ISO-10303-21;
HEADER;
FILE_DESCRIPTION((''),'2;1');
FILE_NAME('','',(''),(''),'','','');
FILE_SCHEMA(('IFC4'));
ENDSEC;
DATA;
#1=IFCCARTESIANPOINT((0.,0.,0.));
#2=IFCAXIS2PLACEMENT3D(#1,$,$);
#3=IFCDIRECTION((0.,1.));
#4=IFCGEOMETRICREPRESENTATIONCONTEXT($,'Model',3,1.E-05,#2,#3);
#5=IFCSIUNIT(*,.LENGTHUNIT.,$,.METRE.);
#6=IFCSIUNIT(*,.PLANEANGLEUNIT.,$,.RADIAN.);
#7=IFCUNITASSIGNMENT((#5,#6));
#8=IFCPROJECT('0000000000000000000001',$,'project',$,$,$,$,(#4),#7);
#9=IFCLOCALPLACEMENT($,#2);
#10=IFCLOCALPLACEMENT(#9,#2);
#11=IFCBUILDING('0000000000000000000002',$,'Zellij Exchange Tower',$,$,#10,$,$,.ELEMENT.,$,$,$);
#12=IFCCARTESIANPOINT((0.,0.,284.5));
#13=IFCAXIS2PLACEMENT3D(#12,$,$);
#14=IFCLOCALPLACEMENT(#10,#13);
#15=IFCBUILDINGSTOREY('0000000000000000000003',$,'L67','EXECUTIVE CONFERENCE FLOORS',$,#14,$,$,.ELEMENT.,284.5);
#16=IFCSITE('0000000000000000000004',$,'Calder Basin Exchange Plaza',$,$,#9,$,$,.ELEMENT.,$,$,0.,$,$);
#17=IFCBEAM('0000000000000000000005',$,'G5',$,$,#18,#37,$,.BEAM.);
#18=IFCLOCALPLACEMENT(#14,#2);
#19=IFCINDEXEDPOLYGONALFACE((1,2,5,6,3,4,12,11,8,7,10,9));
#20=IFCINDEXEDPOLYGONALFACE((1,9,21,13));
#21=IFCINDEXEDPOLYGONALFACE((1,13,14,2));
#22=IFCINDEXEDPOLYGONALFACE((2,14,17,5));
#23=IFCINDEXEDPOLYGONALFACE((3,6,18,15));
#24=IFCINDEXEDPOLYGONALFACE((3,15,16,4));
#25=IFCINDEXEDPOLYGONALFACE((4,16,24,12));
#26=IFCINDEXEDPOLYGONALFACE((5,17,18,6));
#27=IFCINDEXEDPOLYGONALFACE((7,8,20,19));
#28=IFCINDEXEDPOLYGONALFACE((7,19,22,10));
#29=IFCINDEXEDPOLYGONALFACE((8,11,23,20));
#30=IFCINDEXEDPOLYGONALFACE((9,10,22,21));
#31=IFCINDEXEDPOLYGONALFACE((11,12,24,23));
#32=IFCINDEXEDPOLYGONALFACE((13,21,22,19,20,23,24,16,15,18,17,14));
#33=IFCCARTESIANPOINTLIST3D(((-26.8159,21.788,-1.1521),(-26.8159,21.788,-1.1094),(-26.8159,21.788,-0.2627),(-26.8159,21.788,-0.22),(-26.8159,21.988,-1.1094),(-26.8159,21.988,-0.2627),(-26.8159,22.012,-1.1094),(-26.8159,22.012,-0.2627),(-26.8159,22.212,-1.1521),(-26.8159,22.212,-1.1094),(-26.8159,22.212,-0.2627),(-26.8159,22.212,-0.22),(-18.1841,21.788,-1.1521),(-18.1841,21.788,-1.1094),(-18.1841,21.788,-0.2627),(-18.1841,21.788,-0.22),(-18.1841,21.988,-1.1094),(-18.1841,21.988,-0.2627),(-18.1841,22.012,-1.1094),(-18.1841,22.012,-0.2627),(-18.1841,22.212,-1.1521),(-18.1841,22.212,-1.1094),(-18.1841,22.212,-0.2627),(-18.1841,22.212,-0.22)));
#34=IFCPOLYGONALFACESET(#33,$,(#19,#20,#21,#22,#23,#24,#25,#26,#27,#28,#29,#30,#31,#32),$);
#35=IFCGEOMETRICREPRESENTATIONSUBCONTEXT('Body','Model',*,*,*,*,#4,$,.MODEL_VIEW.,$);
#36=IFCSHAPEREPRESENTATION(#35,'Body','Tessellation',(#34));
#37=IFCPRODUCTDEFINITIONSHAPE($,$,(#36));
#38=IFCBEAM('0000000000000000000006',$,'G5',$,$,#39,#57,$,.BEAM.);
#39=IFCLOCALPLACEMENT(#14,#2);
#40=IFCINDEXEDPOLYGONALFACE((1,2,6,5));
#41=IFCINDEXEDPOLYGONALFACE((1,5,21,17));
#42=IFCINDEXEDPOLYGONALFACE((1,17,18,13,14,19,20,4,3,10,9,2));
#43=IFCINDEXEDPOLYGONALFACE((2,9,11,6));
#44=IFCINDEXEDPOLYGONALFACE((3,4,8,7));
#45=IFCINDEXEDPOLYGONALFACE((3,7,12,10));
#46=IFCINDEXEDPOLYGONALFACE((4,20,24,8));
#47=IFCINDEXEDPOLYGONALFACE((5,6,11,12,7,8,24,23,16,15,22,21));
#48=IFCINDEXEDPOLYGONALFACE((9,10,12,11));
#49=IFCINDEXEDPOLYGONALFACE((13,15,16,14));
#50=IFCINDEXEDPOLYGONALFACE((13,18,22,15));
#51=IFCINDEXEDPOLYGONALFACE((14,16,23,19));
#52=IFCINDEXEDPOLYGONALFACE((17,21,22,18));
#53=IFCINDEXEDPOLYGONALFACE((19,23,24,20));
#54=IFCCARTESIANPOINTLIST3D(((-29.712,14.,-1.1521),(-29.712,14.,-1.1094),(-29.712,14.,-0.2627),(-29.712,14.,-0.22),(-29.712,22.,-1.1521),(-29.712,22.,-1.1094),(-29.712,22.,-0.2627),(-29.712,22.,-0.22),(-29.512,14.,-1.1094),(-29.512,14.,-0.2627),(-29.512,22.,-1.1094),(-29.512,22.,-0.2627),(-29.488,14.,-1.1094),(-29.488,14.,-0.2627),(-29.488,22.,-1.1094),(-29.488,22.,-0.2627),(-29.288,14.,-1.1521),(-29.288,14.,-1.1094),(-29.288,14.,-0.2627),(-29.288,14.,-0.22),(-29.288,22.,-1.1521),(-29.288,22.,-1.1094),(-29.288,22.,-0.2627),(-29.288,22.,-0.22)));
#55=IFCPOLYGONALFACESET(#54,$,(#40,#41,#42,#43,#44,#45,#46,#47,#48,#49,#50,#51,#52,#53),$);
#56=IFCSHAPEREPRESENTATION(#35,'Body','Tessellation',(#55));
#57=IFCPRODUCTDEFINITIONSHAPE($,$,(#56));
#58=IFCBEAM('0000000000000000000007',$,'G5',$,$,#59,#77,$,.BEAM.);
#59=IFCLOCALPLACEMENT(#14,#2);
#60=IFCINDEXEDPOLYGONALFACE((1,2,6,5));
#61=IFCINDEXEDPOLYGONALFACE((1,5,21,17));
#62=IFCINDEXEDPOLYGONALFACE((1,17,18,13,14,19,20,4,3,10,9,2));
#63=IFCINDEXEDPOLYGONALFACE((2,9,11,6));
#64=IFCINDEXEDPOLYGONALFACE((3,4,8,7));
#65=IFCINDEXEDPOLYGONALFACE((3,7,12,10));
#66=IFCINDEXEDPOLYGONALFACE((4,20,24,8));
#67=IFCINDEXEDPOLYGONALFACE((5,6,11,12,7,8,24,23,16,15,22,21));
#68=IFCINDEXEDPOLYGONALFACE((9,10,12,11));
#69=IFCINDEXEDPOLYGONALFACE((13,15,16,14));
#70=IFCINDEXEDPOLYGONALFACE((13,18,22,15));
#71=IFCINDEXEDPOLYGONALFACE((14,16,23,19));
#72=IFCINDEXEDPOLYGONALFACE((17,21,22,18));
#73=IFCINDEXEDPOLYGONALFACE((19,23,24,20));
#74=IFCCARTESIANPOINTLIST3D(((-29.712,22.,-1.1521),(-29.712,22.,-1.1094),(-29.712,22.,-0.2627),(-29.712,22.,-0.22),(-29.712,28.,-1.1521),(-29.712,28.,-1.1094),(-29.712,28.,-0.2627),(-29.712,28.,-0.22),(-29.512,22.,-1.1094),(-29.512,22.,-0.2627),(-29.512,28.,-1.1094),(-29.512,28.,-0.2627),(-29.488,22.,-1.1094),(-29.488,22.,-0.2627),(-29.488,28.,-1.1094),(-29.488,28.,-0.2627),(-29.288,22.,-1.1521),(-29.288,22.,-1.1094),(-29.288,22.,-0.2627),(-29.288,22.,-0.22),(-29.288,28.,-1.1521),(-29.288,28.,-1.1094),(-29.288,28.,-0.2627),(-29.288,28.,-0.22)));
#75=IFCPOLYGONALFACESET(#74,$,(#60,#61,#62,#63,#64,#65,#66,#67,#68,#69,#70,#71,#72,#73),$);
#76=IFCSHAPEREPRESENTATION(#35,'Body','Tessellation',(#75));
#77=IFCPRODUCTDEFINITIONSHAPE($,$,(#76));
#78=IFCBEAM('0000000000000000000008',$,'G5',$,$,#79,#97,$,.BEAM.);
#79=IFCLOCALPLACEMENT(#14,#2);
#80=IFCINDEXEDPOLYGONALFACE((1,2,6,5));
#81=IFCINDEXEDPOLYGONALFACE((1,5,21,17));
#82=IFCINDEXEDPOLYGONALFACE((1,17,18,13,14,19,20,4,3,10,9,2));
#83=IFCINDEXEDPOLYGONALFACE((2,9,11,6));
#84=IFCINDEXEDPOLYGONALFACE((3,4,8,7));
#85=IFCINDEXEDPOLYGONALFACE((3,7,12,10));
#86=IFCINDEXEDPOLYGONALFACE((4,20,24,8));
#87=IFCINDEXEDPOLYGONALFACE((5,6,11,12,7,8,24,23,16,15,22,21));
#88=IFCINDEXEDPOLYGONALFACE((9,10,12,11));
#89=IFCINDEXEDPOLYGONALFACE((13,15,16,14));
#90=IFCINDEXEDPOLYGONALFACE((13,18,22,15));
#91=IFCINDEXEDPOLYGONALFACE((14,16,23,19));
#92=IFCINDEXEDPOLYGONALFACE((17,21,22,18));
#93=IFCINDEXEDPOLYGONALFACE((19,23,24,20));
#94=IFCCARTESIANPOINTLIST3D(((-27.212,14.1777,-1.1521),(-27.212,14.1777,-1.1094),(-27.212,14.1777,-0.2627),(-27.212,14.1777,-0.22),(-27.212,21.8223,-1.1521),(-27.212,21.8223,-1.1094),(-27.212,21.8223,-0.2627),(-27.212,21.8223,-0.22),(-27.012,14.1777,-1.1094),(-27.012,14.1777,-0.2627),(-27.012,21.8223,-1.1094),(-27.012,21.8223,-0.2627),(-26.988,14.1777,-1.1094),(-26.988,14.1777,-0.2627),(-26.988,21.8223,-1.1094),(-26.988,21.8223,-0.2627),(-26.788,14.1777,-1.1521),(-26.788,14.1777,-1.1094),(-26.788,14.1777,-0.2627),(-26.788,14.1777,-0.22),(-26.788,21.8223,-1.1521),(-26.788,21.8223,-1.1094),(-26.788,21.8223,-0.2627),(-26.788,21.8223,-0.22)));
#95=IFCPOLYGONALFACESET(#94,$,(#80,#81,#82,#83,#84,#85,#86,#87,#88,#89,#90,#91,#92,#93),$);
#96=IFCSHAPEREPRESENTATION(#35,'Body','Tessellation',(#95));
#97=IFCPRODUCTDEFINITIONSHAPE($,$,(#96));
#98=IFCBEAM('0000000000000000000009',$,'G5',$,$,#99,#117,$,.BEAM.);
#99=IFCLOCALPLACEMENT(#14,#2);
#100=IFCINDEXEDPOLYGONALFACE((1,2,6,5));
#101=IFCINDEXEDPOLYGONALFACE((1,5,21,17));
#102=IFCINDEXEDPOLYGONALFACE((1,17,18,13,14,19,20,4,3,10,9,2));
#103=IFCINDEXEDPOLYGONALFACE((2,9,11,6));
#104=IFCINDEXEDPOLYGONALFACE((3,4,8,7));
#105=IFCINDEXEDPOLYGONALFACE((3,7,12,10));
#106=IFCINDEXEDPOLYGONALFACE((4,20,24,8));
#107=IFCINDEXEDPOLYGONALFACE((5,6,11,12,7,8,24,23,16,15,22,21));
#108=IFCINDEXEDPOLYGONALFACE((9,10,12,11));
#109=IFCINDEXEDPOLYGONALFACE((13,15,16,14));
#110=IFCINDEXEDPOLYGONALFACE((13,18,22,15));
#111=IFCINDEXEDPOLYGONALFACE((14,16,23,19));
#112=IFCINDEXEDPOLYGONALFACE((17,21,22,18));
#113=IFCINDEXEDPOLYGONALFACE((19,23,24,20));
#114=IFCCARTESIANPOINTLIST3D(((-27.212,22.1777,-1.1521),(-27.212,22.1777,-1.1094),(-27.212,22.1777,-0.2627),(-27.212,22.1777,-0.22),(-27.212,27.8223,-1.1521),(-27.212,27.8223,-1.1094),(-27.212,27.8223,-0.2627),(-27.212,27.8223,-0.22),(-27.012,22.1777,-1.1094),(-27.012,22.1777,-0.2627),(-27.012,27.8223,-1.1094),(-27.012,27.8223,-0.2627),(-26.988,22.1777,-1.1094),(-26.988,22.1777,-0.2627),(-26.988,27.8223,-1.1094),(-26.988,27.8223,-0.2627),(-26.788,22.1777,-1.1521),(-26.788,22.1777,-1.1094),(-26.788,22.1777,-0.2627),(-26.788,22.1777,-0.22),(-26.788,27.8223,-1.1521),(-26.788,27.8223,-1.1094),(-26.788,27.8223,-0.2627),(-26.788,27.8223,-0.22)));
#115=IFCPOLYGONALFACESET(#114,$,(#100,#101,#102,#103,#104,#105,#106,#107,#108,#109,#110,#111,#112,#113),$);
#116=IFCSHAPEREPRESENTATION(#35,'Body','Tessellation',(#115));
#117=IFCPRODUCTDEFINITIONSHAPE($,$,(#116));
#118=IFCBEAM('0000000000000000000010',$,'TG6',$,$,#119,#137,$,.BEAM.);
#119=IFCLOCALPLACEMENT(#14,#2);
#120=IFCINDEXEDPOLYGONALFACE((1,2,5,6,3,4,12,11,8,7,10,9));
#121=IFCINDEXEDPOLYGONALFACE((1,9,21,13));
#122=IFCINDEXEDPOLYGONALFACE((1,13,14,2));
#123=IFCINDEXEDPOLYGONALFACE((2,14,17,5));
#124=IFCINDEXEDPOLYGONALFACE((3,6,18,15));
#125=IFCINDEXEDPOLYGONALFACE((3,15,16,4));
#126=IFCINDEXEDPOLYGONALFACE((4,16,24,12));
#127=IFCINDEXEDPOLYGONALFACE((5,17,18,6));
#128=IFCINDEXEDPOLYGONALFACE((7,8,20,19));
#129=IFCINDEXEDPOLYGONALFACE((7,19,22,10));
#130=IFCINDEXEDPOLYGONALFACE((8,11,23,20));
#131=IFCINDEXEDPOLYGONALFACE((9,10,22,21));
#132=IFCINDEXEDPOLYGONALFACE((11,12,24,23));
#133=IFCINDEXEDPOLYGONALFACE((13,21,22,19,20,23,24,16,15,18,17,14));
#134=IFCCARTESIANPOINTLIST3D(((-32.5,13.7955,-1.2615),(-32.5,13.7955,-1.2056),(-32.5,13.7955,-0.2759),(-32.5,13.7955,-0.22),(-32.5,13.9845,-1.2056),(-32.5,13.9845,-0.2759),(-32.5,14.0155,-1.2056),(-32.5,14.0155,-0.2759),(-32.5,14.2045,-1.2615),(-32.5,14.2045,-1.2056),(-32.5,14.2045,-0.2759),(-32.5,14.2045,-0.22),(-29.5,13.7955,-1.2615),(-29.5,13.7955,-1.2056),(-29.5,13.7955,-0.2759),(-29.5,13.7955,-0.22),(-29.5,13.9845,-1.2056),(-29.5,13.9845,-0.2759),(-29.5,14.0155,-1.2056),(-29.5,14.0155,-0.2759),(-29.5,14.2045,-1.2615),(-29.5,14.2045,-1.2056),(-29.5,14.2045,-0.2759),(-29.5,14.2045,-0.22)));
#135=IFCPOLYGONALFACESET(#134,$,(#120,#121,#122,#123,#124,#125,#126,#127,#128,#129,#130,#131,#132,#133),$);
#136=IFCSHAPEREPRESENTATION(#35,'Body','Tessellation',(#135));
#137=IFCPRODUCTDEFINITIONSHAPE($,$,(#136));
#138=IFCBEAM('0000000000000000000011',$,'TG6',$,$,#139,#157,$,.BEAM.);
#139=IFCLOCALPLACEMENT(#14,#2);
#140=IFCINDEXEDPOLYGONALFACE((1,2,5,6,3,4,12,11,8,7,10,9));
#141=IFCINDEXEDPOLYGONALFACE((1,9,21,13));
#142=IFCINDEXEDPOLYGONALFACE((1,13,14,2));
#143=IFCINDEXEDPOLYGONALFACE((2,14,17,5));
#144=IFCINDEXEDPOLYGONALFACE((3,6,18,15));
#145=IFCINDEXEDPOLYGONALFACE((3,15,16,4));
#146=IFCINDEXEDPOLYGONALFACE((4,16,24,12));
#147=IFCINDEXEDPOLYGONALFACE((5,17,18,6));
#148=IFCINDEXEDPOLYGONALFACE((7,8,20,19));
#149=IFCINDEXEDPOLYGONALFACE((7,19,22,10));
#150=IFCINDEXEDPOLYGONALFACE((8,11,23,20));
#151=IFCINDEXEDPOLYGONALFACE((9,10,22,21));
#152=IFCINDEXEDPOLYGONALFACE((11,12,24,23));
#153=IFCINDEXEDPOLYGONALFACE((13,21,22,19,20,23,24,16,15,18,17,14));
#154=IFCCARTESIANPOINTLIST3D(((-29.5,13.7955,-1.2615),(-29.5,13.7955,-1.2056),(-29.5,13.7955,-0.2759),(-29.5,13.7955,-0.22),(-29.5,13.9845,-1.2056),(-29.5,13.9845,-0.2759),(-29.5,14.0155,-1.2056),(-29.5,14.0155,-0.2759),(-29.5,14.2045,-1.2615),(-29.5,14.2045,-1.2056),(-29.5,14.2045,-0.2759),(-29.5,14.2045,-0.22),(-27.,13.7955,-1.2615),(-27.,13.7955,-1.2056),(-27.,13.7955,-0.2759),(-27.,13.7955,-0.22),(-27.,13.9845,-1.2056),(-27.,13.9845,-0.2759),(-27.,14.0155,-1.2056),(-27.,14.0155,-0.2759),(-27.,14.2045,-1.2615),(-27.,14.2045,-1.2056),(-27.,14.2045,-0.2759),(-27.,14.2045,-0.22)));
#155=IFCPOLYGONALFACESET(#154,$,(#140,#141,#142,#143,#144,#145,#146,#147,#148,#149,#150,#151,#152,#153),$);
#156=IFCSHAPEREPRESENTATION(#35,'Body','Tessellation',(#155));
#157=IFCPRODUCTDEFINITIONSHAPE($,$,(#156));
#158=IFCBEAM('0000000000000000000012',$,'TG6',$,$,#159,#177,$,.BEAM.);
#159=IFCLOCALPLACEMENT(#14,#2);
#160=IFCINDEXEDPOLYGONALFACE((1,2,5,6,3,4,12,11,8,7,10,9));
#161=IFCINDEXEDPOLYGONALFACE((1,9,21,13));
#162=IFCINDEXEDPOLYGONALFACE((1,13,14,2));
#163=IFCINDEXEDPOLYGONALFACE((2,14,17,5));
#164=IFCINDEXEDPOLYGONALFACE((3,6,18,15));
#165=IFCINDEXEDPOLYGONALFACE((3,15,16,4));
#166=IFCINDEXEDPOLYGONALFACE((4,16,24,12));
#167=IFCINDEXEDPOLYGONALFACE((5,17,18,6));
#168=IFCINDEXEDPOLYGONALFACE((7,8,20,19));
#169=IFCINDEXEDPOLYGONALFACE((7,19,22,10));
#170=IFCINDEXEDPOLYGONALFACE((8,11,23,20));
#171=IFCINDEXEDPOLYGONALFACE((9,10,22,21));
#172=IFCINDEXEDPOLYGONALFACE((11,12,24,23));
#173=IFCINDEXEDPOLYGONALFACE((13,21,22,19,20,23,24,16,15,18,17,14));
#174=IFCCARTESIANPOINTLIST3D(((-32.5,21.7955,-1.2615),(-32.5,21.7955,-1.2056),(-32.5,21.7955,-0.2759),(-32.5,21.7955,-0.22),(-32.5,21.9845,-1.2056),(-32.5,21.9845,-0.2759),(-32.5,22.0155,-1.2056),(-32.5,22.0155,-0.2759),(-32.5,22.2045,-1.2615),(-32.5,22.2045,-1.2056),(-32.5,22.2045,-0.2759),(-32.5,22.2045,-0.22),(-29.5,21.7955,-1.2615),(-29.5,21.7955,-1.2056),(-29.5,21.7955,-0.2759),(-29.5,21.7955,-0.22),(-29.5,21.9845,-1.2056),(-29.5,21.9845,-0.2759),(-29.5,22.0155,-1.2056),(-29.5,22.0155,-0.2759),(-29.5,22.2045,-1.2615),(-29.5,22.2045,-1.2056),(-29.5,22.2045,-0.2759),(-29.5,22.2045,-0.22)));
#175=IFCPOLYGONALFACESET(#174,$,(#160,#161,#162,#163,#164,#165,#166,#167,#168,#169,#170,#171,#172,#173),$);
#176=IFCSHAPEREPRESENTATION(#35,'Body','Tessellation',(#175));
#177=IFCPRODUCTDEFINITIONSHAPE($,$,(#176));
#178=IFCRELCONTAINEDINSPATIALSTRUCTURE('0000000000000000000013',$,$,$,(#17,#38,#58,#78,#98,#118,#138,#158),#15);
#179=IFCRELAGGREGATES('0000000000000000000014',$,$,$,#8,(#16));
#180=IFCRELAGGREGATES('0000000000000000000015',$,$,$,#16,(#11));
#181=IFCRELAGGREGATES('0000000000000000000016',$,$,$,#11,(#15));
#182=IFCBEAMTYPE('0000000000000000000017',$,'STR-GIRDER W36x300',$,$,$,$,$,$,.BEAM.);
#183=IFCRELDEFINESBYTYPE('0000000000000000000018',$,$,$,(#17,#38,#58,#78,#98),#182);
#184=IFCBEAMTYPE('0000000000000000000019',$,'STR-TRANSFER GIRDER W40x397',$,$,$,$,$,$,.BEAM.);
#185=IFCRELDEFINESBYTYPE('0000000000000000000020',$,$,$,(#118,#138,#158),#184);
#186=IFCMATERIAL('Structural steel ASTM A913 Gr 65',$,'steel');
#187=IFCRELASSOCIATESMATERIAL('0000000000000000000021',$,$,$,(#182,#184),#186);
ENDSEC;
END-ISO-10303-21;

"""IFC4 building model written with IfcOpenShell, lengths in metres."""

from ifc_helpers import new_model, si_unit, direction, frame, origin, origin_2d, place, context, subcontext, project, spatial, i_section, extrude, material, material_profile, profile_set, type_object, element, save


model = new_model("IFC4")

# Units and contexts
model_context = context("Model", 3, precision=1e-05, world=origin(), true_north=direction((0.0, 1.0)))
body_context = subcontext(model_context, "Body", "Model", "MODEL_VIEW")
ifc_project = project(units=[si_unit("LENGTHUNIT", "METRE"), si_unit("PLANEANGLEUNIT", "RADIAN")], contexts=[model_context])

# Site, building, storey
site_placement = place(None, origin())
site = spatial("IfcSite", under=ifc_project, at=site_placement, Name="Calder Basin Exchange Plaza", CompositionType="ELEMENT", RefElevation=0.0)
building_placement = place(site_placement, origin())
building = spatial("IfcBuilding", under=site, at=building_placement, Name="Zellij Exchange Tower", CompositionType="ELEMENT")
storey_placement = place(building_placement, frame((0.0, 0.0, 284.5)))
storey = spatial("IfcBuildingStorey", under=building, at=storey_placement, Name="L67", Description="EXECUTIVE CONFERENCE FLOORS", CompositionType="ELEMENT", Elevation=284.5)

# Beams
ifc_material_1 = material(Name="Structural steel ASTM A913 Gr 65", Category="steel")
ifc_material_profile_1 = material_profile(ifc_material_1, i_section(OverallWidth=0.4241, OverallDepth=0.9321, WebThickness=0.0239, FlangeThickness=0.0427, at=origin_2d()), Name="W36x300")
ifc_profile_set_1 = profile_set([ifc_material_profile_1], Name="Structural steel ASTM A913 Gr 65")
beam_type_1 = type_object("IfcBeamType", Name="STR-GIRDER W36x300", PredefinedType="BEAM", material=ifc_profile_set_1)
for number, where, z_axis, x_axis, name in (
    (1, (-26.8159, 22.0, -0.686), (1.0, 0.0, 0.0), (0.0, 1.0, 0.0), "G5"),
):
    element("IfcBeam", number, at=place(storey_placement, frame(where, z_axis=z_axis, x_axis=x_axis)), inside=storey, type_object=beam_type_1, Name=name, PredefinedType="BEAM", context=body_context, shape_type="SweptSolid", body=[
        extrude(i_section(OverallWidth=0.4241, OverallDepth=0.9321, WebThickness=0.0239, FlangeThickness=0.0427, at=origin_2d()), origin(), (0.0, 0.0, 1.0), 8.6318),
    ])
beam_1_placement = place(storey_placement, frame((-29.5, 14.0, -0.686), z_axis=(0.0, 1.0, 0.0), x_axis=(-1.0, 0.0, 0.0)))
element("IfcBeam", 2, at=beam_1_placement, inside=storey, type_object=beam_type_1, Name="G5", PredefinedType="BEAM", context=body_context, shape_type="SweptSolid", body=[
    extrude(i_section(OverallWidth=0.4241, OverallDepth=0.9321, WebThickness=0.0239, FlangeThickness=0.0427, at=origin_2d()), origin(), (0.0, 0.0, 1.0), 8.0),
])
beam_2_placement = place(storey_placement, frame((-29.5, 22.0, -0.686), z_axis=(0.0, 1.0, 0.0), x_axis=(-1.0, 0.0, 0.0)))
element("IfcBeam", 3, at=beam_2_placement, inside=storey, type_object=beam_type_1, Name="G5", PredefinedType="BEAM", context=body_context, shape_type="SweptSolid", body=[
    extrude(i_section(OverallWidth=0.4241, OverallDepth=0.9321, WebThickness=0.0239, FlangeThickness=0.0427, at=origin_2d()), origin(), (0.0, 0.0, 1.0), 6.0),
])
beam_3_placement = place(storey_placement, frame((-27.0, 14.1777, -0.686), z_axis=(0.0, 1.0, 0.0), x_axis=(-1.0, 0.0, 0.0)))
element("IfcBeam", 4, at=beam_3_placement, inside=storey, type_object=beam_type_1, Name="G5", PredefinedType="BEAM", context=body_context, shape_type="SweptSolid", body=[
    extrude(i_section(OverallWidth=0.4241, OverallDepth=0.9321, WebThickness=0.0239, FlangeThickness=0.0427, at=origin_2d()), origin(), (0.0, 0.0, 1.0), 7.6445),
])
beam_4_placement = place(storey_placement, frame((-27.0, 22.1777, -0.686), z_axis=(0.0, 1.0, 0.0), x_axis=(-1.0, 0.0, 0.0)))
element("IfcBeam", 5, at=beam_4_placement, inside=storey, type_object=beam_type_1, Name="G5", PredefinedType="BEAM", context=body_context, shape_type="SweptSolid", body=[
    extrude(i_section(OverallWidth=0.4241, OverallDepth=0.9321, WebThickness=0.0239, FlangeThickness=0.0427, at=origin_2d()), origin(), (0.0, 0.0, 1.0), 5.6445),
])
ifc_material_profile_2 = material_profile(ifc_material_1, i_section(OverallWidth=0.4089, OverallDepth=1.0415, WebThickness=0.031, FlangeThickness=0.0559, at=origin_2d()), Name="W40x397")
ifc_profile_set_2 = profile_set([ifc_material_profile_2], Name="Structural steel ASTM A913 Gr 65")
beam_type_2 = type_object("IfcBeamType", Name="STR-TRANSFER GIRDER W40x397", PredefinedType="BEAM", material=ifc_profile_set_2)
beam_5_placement = place(storey_placement, frame((-32.5, 14.0, -0.7407), z_axis=(1.0, 0.0, 0.0), x_axis=(0.0, 1.0, 0.0)))
element("IfcBeam", 6, at=beam_5_placement, inside=storey, type_object=beam_type_2, Name="TG6", PredefinedType="BEAM", context=body_context, shape_type="SweptSolid", body=[
    extrude(i_section(OverallWidth=0.4089, OverallDepth=1.0415, WebThickness=0.031, FlangeThickness=0.0559, at=origin_2d()), origin(), (0.0, 0.0, 1.0), 3.0),
])
beam_6_placement = place(storey_placement, frame((-29.5, 14.0, -0.7407), z_axis=(1.0, 0.0, 0.0), x_axis=(0.0, 1.0, 0.0)))
element("IfcBeam", 7, at=beam_6_placement, inside=storey, type_object=beam_type_2, Name="TG6", PredefinedType="BEAM", context=body_context, shape_type="SweptSolid", body=[
    extrude(i_section(OverallWidth=0.4089, OverallDepth=1.0415, WebThickness=0.031, FlangeThickness=0.0559, at=origin_2d()), origin(), (0.0, 0.0, 1.0), 2.5),
])
beam_7_placement = place(storey_placement, frame((-32.5, 22.0, -0.7407), z_axis=(1.0, 0.0, 0.0), x_axis=(0.0, 1.0, 0.0)))
element("IfcBeam", 8, at=beam_7_placement, inside=storey, type_object=beam_type_2, Name="TG6", PredefinedType="BEAM", context=body_context, shape_type="SweptSolid", body=[
    extrude(i_section(OverallWidth=0.4089, OverallDepth=1.0415, WebThickness=0.031, FlangeThickness=0.0559, at=origin_2d()), origin(), (0.0, 0.0, 1.0), 3.0),
])

save(model, "model.ifc")
